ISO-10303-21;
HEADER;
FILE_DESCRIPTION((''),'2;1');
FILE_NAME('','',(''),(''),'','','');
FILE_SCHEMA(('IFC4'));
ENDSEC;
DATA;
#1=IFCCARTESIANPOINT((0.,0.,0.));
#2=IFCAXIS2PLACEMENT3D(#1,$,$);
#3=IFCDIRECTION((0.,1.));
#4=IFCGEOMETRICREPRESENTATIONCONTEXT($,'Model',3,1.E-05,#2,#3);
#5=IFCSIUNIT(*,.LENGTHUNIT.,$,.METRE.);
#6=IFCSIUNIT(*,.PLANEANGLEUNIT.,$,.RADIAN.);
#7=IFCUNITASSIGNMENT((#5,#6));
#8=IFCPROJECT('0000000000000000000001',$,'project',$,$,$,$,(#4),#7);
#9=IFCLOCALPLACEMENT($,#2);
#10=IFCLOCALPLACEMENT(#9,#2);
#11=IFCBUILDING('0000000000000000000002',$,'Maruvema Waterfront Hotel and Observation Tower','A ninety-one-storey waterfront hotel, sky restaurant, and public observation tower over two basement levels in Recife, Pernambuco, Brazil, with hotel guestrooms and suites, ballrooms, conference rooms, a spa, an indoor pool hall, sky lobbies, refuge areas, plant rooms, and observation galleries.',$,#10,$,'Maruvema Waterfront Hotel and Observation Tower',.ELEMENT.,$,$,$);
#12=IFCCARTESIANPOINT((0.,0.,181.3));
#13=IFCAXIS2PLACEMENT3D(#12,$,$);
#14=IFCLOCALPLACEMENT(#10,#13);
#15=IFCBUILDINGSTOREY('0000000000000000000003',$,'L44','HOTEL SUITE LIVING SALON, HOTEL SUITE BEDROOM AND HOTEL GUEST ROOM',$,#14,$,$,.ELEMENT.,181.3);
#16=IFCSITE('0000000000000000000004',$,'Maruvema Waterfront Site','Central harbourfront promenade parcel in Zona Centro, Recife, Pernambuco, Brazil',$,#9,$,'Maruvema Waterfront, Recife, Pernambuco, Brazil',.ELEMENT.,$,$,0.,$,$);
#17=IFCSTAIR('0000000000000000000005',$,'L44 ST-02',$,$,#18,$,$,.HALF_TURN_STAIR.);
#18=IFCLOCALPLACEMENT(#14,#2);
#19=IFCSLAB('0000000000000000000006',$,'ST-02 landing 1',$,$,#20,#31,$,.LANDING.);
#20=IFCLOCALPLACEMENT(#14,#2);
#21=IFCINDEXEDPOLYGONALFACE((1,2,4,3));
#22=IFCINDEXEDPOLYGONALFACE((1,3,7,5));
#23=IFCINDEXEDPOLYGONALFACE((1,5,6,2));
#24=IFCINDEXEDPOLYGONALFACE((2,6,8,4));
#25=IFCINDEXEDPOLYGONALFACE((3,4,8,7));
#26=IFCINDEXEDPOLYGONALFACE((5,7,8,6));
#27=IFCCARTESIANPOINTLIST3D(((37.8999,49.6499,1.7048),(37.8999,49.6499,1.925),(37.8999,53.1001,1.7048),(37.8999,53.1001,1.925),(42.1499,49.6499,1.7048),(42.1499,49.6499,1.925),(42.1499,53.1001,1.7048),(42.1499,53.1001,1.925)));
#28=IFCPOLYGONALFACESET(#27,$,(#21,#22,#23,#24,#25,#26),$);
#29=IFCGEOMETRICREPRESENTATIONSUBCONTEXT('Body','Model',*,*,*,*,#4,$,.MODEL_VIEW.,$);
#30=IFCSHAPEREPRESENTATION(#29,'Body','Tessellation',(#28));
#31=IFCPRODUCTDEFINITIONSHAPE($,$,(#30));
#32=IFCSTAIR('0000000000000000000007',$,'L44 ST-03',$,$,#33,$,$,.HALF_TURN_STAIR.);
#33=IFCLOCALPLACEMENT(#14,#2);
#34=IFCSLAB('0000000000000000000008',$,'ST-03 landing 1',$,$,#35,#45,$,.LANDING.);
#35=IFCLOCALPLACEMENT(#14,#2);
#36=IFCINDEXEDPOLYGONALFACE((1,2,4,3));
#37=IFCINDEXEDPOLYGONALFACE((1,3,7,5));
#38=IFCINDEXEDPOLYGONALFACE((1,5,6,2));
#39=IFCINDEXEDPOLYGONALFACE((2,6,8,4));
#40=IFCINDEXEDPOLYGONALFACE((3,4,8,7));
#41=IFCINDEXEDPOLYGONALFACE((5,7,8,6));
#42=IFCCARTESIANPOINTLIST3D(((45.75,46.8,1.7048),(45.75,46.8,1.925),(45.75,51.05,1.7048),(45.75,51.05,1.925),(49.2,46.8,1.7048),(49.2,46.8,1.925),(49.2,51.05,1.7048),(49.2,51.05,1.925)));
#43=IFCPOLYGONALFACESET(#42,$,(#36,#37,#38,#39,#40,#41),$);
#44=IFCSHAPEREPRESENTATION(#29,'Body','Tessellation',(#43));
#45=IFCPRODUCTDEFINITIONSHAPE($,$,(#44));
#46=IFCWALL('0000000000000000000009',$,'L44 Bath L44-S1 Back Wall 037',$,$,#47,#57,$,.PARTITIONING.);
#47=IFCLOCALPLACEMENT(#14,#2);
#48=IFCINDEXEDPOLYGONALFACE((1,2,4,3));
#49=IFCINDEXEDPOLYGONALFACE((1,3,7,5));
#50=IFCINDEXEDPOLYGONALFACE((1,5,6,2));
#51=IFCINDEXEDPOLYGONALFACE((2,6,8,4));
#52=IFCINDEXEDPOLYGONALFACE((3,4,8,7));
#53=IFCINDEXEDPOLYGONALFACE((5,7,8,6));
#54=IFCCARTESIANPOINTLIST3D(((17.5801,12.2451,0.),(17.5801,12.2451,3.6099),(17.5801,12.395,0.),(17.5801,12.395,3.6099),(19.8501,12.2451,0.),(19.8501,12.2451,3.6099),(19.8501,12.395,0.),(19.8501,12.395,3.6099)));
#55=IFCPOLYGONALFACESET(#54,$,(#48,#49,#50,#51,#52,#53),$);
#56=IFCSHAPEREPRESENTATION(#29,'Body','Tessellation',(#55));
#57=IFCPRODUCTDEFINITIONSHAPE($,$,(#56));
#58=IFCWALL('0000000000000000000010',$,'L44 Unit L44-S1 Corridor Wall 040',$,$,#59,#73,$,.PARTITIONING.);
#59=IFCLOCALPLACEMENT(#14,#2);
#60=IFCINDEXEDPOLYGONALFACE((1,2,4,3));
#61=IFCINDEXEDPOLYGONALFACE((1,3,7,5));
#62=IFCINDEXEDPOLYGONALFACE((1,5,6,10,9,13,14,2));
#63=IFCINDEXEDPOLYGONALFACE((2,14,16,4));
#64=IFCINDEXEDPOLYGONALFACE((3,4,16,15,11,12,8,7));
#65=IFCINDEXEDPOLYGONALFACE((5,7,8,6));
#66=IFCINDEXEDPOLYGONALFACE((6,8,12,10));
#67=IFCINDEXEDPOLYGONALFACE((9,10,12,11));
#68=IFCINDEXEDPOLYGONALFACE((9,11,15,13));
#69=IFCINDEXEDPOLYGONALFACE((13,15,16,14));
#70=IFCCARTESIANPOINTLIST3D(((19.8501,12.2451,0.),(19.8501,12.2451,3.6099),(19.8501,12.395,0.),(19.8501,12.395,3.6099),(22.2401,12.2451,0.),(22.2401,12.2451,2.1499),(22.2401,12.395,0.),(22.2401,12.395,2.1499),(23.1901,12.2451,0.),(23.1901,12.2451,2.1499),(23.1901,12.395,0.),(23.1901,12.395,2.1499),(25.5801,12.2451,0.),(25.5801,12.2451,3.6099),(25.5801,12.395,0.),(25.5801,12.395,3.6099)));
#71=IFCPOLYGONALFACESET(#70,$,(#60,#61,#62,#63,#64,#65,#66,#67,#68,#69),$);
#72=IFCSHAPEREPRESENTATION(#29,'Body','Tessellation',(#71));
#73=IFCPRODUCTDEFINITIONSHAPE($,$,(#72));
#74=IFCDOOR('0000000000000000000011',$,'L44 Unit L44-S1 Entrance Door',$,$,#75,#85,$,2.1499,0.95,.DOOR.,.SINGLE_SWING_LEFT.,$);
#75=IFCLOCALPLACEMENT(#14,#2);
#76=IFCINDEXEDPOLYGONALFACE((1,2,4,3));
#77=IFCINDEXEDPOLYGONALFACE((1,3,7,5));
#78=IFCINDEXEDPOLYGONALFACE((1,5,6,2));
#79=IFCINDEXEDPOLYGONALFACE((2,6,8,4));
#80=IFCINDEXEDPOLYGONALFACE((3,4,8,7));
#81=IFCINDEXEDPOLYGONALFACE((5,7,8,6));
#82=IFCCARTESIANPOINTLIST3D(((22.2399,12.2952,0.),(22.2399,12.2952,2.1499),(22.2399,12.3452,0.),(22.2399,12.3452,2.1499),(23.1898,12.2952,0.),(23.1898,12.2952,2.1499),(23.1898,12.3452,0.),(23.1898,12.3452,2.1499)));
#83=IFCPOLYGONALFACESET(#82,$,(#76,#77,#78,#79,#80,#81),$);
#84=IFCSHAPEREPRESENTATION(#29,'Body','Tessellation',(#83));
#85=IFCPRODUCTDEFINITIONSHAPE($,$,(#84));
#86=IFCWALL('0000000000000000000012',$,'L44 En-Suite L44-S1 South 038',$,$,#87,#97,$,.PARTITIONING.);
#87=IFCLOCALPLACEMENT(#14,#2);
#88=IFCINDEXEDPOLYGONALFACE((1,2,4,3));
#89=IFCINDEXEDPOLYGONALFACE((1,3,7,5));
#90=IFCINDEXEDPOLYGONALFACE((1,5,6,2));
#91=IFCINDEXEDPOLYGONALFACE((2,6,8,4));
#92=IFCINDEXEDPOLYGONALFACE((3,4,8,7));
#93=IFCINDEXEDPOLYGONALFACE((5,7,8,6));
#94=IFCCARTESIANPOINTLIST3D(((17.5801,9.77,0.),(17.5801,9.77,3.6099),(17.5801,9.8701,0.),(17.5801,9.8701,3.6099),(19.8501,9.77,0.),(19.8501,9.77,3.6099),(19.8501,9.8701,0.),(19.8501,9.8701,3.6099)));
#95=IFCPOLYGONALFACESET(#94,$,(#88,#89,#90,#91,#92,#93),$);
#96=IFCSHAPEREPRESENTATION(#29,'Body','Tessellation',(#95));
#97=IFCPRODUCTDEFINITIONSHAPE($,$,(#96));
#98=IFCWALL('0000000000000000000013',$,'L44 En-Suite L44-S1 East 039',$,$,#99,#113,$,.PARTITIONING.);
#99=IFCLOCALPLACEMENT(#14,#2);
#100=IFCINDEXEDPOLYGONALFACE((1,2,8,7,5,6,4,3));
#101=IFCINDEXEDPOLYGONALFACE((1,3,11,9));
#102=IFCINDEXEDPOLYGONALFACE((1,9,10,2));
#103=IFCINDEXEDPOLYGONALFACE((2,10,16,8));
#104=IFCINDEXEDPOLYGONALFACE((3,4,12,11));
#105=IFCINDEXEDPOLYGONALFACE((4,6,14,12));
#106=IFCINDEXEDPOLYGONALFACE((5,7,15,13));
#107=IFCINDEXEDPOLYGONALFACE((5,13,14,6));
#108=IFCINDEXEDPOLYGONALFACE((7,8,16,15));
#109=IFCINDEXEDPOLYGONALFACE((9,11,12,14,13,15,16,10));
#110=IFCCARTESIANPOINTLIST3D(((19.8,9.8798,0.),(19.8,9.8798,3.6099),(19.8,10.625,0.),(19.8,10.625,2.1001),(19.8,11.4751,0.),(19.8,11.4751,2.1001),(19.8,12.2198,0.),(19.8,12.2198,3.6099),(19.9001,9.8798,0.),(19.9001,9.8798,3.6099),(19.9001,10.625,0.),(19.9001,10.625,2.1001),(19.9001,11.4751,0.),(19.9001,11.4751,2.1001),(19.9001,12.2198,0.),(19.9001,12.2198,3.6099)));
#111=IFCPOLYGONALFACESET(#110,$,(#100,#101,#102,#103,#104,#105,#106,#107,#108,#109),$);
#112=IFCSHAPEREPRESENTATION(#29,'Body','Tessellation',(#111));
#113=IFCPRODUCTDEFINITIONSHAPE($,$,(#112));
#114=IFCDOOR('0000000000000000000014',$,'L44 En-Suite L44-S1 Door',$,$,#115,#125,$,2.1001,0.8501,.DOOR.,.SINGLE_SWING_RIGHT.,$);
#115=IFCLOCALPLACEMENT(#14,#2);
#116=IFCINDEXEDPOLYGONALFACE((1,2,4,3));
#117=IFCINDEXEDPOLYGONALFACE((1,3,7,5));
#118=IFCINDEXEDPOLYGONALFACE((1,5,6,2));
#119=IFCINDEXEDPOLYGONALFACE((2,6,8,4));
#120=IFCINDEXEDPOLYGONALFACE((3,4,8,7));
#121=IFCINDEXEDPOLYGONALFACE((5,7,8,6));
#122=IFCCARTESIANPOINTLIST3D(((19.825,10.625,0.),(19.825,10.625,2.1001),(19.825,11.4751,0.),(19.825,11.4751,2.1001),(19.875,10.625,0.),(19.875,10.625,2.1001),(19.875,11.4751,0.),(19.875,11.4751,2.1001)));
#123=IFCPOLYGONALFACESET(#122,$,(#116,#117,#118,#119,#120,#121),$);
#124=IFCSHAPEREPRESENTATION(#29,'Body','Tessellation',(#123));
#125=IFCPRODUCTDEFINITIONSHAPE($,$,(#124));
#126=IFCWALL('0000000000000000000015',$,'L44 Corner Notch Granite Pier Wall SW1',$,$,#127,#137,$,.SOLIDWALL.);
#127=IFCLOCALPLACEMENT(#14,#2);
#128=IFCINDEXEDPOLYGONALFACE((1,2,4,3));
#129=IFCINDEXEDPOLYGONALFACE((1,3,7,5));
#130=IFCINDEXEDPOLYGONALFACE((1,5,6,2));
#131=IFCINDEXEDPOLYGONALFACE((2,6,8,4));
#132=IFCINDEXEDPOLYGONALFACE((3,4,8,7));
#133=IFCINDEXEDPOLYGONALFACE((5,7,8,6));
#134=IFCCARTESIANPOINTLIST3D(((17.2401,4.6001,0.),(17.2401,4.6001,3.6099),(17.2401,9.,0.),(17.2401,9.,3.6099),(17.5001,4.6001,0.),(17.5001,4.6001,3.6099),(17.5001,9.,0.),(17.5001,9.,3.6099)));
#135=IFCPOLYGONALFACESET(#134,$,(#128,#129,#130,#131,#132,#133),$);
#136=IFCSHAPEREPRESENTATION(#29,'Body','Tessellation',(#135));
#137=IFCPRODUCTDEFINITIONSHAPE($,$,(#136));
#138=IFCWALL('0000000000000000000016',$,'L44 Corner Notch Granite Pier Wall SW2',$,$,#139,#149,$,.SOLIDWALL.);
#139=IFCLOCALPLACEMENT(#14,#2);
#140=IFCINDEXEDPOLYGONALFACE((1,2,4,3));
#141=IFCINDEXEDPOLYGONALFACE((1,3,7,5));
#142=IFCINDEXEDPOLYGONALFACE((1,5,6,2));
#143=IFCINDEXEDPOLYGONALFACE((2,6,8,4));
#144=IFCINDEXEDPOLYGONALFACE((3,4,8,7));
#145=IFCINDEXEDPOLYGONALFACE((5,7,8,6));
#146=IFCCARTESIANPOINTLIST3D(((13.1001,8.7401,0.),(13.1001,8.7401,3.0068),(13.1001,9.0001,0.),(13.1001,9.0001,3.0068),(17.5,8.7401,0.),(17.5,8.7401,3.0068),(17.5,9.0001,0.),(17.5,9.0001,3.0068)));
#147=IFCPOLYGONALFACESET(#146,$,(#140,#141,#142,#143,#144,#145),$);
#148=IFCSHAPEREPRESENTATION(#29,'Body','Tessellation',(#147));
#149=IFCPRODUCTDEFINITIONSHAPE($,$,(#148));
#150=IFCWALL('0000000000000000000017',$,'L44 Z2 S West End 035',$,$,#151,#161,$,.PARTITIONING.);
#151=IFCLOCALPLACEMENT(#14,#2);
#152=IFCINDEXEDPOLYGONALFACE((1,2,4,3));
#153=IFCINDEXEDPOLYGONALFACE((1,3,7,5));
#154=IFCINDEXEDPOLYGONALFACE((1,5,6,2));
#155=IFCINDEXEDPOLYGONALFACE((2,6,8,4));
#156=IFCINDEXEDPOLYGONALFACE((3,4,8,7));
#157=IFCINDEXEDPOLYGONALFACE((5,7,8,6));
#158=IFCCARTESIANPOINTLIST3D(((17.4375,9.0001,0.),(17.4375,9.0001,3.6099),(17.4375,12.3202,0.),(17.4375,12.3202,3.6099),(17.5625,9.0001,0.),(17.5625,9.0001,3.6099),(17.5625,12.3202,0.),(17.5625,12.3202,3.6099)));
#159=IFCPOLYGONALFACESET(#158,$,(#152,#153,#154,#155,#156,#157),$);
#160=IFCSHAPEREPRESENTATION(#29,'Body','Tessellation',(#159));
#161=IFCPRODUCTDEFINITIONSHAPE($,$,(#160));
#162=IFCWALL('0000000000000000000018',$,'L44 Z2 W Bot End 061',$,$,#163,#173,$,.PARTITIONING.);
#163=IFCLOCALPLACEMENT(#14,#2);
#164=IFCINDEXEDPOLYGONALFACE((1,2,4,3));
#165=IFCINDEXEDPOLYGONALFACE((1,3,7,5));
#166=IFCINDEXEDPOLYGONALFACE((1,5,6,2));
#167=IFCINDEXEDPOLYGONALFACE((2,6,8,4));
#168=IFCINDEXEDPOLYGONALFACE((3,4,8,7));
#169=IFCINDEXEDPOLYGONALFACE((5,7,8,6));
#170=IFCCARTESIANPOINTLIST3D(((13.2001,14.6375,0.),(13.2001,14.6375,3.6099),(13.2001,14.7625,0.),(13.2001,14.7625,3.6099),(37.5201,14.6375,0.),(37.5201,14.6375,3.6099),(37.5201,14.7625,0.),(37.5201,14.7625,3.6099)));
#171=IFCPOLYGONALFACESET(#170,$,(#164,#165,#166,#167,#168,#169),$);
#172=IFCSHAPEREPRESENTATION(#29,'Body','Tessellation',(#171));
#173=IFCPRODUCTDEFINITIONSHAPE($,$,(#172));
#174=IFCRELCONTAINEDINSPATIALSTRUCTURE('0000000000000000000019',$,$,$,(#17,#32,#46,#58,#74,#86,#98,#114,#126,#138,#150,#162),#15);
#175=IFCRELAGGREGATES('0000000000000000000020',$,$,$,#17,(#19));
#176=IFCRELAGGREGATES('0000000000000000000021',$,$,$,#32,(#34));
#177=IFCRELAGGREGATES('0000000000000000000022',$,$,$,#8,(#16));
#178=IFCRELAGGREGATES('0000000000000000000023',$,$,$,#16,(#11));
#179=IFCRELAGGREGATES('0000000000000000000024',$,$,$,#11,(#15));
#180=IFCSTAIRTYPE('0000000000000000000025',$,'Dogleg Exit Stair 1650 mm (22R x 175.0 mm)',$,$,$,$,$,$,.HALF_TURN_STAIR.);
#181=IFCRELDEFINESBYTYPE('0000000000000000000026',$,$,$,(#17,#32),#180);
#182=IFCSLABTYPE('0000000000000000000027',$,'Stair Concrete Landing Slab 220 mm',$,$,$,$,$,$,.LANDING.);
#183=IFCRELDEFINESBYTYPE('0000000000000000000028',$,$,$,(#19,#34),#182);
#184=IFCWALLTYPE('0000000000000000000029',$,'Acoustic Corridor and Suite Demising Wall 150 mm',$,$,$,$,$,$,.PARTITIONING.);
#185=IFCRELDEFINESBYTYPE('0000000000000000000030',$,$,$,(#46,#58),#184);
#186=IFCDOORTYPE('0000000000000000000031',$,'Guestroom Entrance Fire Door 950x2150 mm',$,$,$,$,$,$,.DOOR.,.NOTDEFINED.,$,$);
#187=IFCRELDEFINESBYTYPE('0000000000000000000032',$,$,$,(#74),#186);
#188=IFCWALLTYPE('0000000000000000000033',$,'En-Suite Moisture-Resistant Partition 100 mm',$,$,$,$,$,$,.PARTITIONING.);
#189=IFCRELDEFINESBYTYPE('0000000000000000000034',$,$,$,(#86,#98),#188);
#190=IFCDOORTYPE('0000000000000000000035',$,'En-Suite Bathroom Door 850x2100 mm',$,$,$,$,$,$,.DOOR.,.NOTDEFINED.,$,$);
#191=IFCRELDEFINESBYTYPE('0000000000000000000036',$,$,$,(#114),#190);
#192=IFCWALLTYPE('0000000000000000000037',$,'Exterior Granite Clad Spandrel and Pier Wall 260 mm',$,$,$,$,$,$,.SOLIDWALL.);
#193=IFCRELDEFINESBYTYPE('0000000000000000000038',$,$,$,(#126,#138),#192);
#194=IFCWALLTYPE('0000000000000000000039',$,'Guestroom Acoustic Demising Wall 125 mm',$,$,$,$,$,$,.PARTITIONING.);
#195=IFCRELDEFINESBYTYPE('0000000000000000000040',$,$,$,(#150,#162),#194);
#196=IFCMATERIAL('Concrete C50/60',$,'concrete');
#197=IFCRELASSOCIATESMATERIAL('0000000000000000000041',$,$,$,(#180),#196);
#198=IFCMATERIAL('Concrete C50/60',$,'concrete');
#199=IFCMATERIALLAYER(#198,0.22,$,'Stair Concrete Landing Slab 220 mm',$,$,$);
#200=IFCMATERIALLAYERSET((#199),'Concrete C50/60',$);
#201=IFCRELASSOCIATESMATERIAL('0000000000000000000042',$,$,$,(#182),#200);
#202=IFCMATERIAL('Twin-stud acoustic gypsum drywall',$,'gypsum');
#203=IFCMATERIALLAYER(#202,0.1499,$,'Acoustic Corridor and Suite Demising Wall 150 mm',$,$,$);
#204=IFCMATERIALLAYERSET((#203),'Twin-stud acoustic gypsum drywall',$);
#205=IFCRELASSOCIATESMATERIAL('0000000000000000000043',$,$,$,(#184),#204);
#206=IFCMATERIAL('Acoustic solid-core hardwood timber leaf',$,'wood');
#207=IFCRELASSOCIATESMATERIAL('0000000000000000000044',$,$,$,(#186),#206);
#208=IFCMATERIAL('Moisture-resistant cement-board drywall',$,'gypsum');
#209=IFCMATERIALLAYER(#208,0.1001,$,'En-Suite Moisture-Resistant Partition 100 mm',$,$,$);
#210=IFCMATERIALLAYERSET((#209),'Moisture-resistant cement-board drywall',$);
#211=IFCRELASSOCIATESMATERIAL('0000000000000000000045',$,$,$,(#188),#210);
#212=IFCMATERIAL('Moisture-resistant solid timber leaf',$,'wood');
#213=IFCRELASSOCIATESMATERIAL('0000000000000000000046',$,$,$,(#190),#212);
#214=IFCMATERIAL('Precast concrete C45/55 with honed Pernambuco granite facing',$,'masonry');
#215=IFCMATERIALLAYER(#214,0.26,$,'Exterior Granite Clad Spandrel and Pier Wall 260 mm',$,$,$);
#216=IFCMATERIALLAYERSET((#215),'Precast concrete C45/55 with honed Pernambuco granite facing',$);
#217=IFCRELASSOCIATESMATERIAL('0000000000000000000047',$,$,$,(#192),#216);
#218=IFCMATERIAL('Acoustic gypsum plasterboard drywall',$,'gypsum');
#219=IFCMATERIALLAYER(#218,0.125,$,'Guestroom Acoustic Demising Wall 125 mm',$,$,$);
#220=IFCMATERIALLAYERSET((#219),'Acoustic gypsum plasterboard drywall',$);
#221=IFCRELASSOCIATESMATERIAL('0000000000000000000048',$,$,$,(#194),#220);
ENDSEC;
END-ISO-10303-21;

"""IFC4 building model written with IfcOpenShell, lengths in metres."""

from ifc_helpers import new_model, si_unit, direction, frame, frame_2d, origin, place, context, subcontext, project, spatial, polyline, rectangle, outline, extrude, material, layer, layer_set, type_object, element, fill, aggregate, save


model = new_model("IFC4")

# Units and contexts
model_context = context("Model", 3, precision=1e-05, world=origin(), true_north=direction((0.0, 1.0)))
body_context = subcontext(model_context, "Body", "Model", "MODEL_VIEW")
ifc_project = project(units=[si_unit("LENGTHUNIT", "METRE"), si_unit("PLANEANGLEUNIT", "RADIAN")], contexts=[model_context])

# Site, building, storey
site_placement = place(None, origin())
site = spatial("IfcSite", under=ifc_project, at=site_placement, Name="Maruvema Waterfront Site", Description="Central harbourfront promenade parcel in Zona Centro, Recife, Pernambuco, Brazil", LongName="Maruvema Waterfront, Recife, Pernambuco, Brazil", CompositionType="ELEMENT", RefElevation=0.0)
building_placement = place(site_placement, origin())
building = spatial("IfcBuilding", under=site, at=building_placement, Name="Maruvema Waterfront Hotel and Observation Tower", Description="A ninety-one-storey waterfront hotel, sky restaurant, and public observation tower over two basement levels in Recife, Pernambuco, Brazil, with hotel guestrooms and suites, ballrooms, conference rooms, a spa, an indoor pool hall, sky lobbies, refuge areas, plant rooms, and observation galleries.", LongName="Maruvema Waterfront Hotel and Observation Tower", CompositionType="ELEMENT")
storey_placement = place(building_placement, frame((0.0, 0.0, 181.3)))
storey = spatial("IfcBuildingStorey", under=building, at=storey_placement, Name="L44", Description="HOTEL SUITE LIVING SALON, HOTEL SUITE BEDROOM AND HOTEL GUEST ROOM", CompositionType="ELEMENT", Elevation=181.3)

# Stairs, slabs
ifc_material_1 = material(Name="Concrete C50/60", Category="concrete")
stair_type = type_object("IfcStairType", Name="Dogleg Exit Stair 1650 mm (22R x 175.0 mm)", PredefinedType="HALF_TURN_STAIR", material=ifc_material_1)
ifc_material_2 = material(Name="Concrete C50/60", Category="concrete")
ifc_layer_1 = layer(ifc_material_2, 0.22, Name="Stair Concrete Landing Slab 220 mm")
ifc_layer_set_1 = layer_set([ifc_layer_1], Name="Concrete C50/60")
slab_type_1 = type_object("IfcSlabType", Name="Stair Concrete Landing Slab 220 mm", PredefinedType="LANDING", material=ifc_layer_set_1)
stair_1_placement = place(storey_placement, origin())
stair_1 = element("IfcStair", 1, at=stair_1_placement, inside=storey, type_object=stair_type, Name="L44 ST-02", PredefinedType="HALF_TURN_STAIR")
slab_1_placement = place(storey_placement, frame((0.0, 0.0, 1.7048)))
slab_1 = element("IfcSlab", 2, at=slab_1_placement, type_object=slab_type_1, Name="ST-02 landing 1", PredefinedType="LANDING", context=body_context, shape_type="SweptSolid", body=[
    extrude(outline(polyline([(37.8999, 49.6499), (42.1499, 49.6499), (42.1499, 53.1001), (37.8999, 53.1001), (37.8999, 49.6499)])), origin(), (0.0, 0.0, 1.0), 0.2202),
])
aggregate(stair_1, [slab_1])
stair_2_placement = place(storey_placement, origin())
stair_2 = element("IfcStair", 3, at=stair_2_placement, inside=storey, type_object=stair_type, Name="L44 ST-03", PredefinedType="HALF_TURN_STAIR")
slab_2_placement = place(storey_placement, frame((0.0, 0.0, 1.7048)))
slab_2 = element("IfcSlab", 4, at=slab_2_placement, type_object=slab_type_1, Name="ST-03 landing 1", PredefinedType="LANDING", context=body_context, shape_type="SweptSolid", body=[
    extrude(outline(polyline([(49.2, 46.8), (49.2, 51.05), (45.75, 51.05), (45.75, 46.8), (49.2, 46.8)])), origin(), (0.0, 0.0, 1.0), 0.2202),
])
aggregate(stair_2, [slab_2])

# Wall
ifc_material_3 = material(Name="Twin-stud acoustic gypsum drywall", Category="gypsum")
ifc_layer_2 = layer(ifc_material_3, 0.1499, Name="Acoustic Corridor and Suite Demising Wall 150 mm")
ifc_layer_set_2 = layer_set([ifc_layer_2], Name="Twin-stud acoustic gypsum drywall")
wall_type_1 = type_object("IfcWallType", Name="Acoustic Corridor and Suite Demising Wall 150 mm", PredefinedType="PARTITIONING", material=ifc_layer_set_2)
wall_1_placement = place(storey_placement, frame((17.5801, 12.3201, 0.0), z_axis=(0.0, 0.0, 1.0), x_axis=(1.0, 0.0, 0.0)))
element("IfcWall", 5, at=wall_1_placement, inside=storey, type_object=wall_type_1, Name="L44 Bath L44-S1 Back Wall 037", PredefinedType="PARTITIONING", context=body_context, shape_type="SweptSolid", body=[
    extrude(rectangle(XDim=2.27, YDim=0.1499, at=frame_2d((1.135, 0.0))), origin(), (0.0, 0.0, 1.0), 3.6099),
])

# Wall, opening, door
wall_2_placement = place(storey_placement, frame((19.8501, 12.3201, 0.0), z_axis=(0.0, 0.0, 1.0), x_axis=(1.0, 0.0, 0.0)))
wall_2 = element("IfcWall", 6, at=wall_2_placement, inside=storey, type_object=wall_type_1, Name="L44 Unit L44-S1 Corridor Wall 040", PredefinedType="PARTITIONING", context=body_context, shape_type="SweptSolid", body=[
    extrude(rectangle(XDim=5.73, YDim=0.1499, at=frame_2d((2.865, 0.0))), origin(), (0.0, 0.0, 1.0), 3.6099),
])
opening_1_placement = place(wall_2_placement, frame((2.3899, 0.0, 0.0)))
opening_1 = element("IfcOpeningElement", 7, at=opening_1_placement, cuts=wall_2, PredefinedType="OPENING", context=body_context, shape_type="SweptSolid", body=[
    extrude(rectangle(XDim=0.95, YDim=2.1499, at=frame_2d((0.4751, 1.075))), frame((0.0, 0.085, 0.0), z_axis=(0.0, -1.0, 0.0), x_axis=(1.0, 0.0, 0.0)), (0.0, 0.0, 1.0), 0.1699),
])
ifc_material_4 = material(Name="Acoustic solid-core hardwood timber leaf", Category="wood")
door_type_1 = type_object("IfcDoorType", Name="Guestroom Entrance Fire Door 950x2150 mm", OperationType="NOTDEFINED", PredefinedType="DOOR", material=ifc_material_4)
door_1_placement = place(opening_1_placement, frame((0.95, 0.0, 0.0), z_axis=(0.0, 0.0, 1.0), x_axis=(-1.0, 0.0, 0.0)))
door_1 = element("IfcDoor", 8, at=door_1_placement, inside=storey, type_object=door_type_1, Name="L44 Unit L44-S1 Entrance Door", OperationType="SINGLE_SWING_LEFT", OverallHeight=2.1499, OverallWidth=0.95, PredefinedType="DOOR", context=body_context, shape_type="SweptSolid", body=[
    extrude(rectangle(XDim=0.95, YDim=2.1499, at=frame_2d((0.4751, 1.075))), frame((0.0, 0.0249, 0.0), z_axis=(0.0, -1.0, 0.0), x_axis=(1.0, 0.0, 0.0)), (0.0, 0.0, 1.0), 0.05),
])
fill(opening_1, door_1)

# Wall
ifc_material_5 = material(Name="Moisture-resistant cement-board drywall", Category="gypsum")
ifc_layer_3 = layer(ifc_material_5, 0.1001, Name="En-Suite Moisture-Resistant Partition 100 mm")
ifc_layer_set_3 = layer_set([ifc_layer_3], Name="Moisture-resistant cement-board drywall")
wall_type_2 = type_object("IfcWallType", Name="En-Suite Moisture-Resistant Partition 100 mm", PredefinedType="PARTITIONING", material=ifc_layer_set_3)
wall_3_placement = place(storey_placement, frame((17.5801, 9.8201, 0.0), z_axis=(0.0, 0.0, 1.0), x_axis=(1.0, 0.0, 0.0)))
element("IfcWall", 9, at=wall_3_placement, inside=storey, type_object=wall_type_2, Name="L44 En-Suite L44-S1 South 038", PredefinedType="PARTITIONING", context=body_context, shape_type="SweptSolid", body=[
    extrude(rectangle(XDim=2.27, YDim=0.1001, at=frame_2d((1.135, 0.0))), origin(), (0.0, 0.0, 1.0), 3.6099),
])

# Wall, opening, door
wall_4_placement = place(storey_placement, frame((19.8501, 9.8799, 0.0), z_axis=(0.0, 0.0, 1.0), x_axis=(0.0, 1.0, 0.0)))
wall_4 = element("IfcWall", 10, at=wall_4_placement, inside=storey, type_object=wall_type_2, Name="L44 En-Suite L44-S1 East 039", PredefinedType="PARTITIONING", context=body_context, shape_type="SweptSolid", body=[
    extrude(rectangle(XDim=2.3401, YDim=0.1001, at=frame_2d((1.1699, 0.0))), origin(), (0.0, 0.0, 1.0), 3.6099),
])
opening_2_placement = place(wall_4_placement, frame((0.7451, 0.0, 0.0)))
opening_2 = element("IfcOpeningElement", 11, at=opening_2_placement, cuts=wall_4, PredefinedType="OPENING", context=body_context, shape_type="SweptSolid", body=[
    extrude(rectangle(XDim=0.8501, YDim=2.1001, at=frame_2d((0.425, 1.05))), frame((0.0, 0.0601, 0.0), z_axis=(0.0, -1.0, 0.0), x_axis=(1.0, 0.0, 0.0)), (0.0, 0.0, 1.0), 0.1201),
])
ifc_material_6 = material(Name="Moisture-resistant solid timber leaf", Category="wood")
door_type_2 = type_object("IfcDoorType", Name="En-Suite Bathroom Door 850x2100 mm", OperationType="NOTDEFINED", PredefinedType="DOOR", material=ifc_material_6)
door_2_placement = place(opening_2_placement, frame((0.8501, 0.0, 0.0), z_axis=(0.0, 0.0, 1.0), x_axis=(-1.0, 0.0, 0.0)))
door_2 = element("IfcDoor", 12, at=door_2_placement, inside=storey, type_object=door_type_2, Name="L44 En-Suite L44-S1 Door", OperationType="SINGLE_SWING_RIGHT", OverallHeight=2.1001, OverallWidth=0.8501, PredefinedType="DOOR", context=body_context, shape_type="SweptSolid", body=[
    extrude(rectangle(XDim=0.8501, YDim=2.1001, at=frame_2d((0.425, 1.05))), frame((0.0, 0.0249, 0.0), z_axis=(0.0, -1.0, 0.0), x_axis=(1.0, 0.0, 0.0)), (0.0, 0.0, 1.0), 0.05),
])
fill(opening_2, door_2)

# Walls
ifc_material_7 = material(Name="Precast concrete C45/55 with honed Pernambuco granite facing", Category="masonry")
ifc_layer_4 = layer(ifc_material_7, 0.26, Name="Exterior Granite Clad Spandrel and Pier Wall 260 mm")
ifc_layer_set_4 = layer_set([ifc_layer_4], Name="Precast concrete C45/55 with honed Pernambuco granite facing")
wall_type_3 = type_object("IfcWallType", Name="Exterior Granite Clad Spandrel and Pier Wall 260 mm", PredefinedType="SOLIDWALL", material=ifc_layer_set_4)
wall_5_placement = place(storey_placement, frame((17.3701, 4.6001, 0.0), z_axis=(0.0, 0.0, 1.0), x_axis=(0.0, 1.0, 0.0)))
element("IfcWall", 13, at=wall_5_placement, inside=storey, type_object=wall_type_3, Name="L44 Corner Notch Granite Pier Wall SW1", PredefinedType="SOLIDWALL", context=body_context, shape_type="SweptSolid", body=[
    extrude(rectangle(XDim=4.3999, YDim=0.26, at=frame_2d((2.2, 0.0))), origin(), (0.0, 0.0, 1.0), 3.6099),
])
wall_6_placement = place(storey_placement, frame((17.5, 8.8701, 0.0), z_axis=(0.0, 0.0, 1.0), x_axis=(-1.0, 0.0, 0.0)))
element("IfcWall", 14, at=wall_6_placement, inside=storey, type_object=wall_type_3, Name="L44 Corner Notch Granite Pier Wall SW2", PredefinedType="SOLIDWALL", context=body_context, shape_type="SweptSolid", body=[
    extrude(rectangle(XDim=4.3999, YDim=0.26, at=frame_2d((2.2, 0.0))), origin(), (0.0, 0.0, 1.0), 3.0068),
])
ifc_material_8 = material(Name="Acoustic gypsum plasterboard drywall", Category="gypsum")
ifc_layer_5 = layer(ifc_material_8, 0.125, Name="Guestroom Acoustic Demising Wall 125 mm")
ifc_layer_set_5 = layer_set([ifc_layer_5], Name="Acoustic gypsum plasterboard drywall")
wall_type_4 = type_object("IfcWallType", Name="Guestroom Acoustic Demising Wall 125 mm", PredefinedType="PARTITIONING", material=ifc_layer_set_5)
wall_7_placement = place(storey_placement, frame((17.5, 9.0, 0.0), z_axis=(0.0, 0.0, 1.0), x_axis=(0.0, 1.0, 0.0)))
element("IfcWall", 15, at=wall_7_placement, inside=storey, type_object=wall_type_4, Name="L44 Z2 S West End 035", PredefinedType="PARTITIONING", context=body_context, shape_type="SweptSolid", body=[
    extrude(rectangle(XDim=3.3201, YDim=0.125, at=frame_2d((1.6602, 0.0))), origin(), (0.0, 0.0, 1.0), 3.6099),
])
wall_8_placement = place(storey_placement, frame((13.2, 14.7, 0.0), z_axis=(0.0, 0.0, 1.0), x_axis=(1.0, 0.0, 0.0)))
element("IfcWall", 16, at=wall_8_placement, inside=storey, type_object=wall_type_4, Name="L44 Z2 W Bot End 061", PredefinedType="PARTITIONING", context=body_context, shape_type="SweptSolid", body=[
    extrude(rectangle(XDim=24.3201, YDim=0.125, at=frame_2d((12.1602, 0.0))), origin(), (0.0, 0.0, 1.0), 3.6099),
])

save(model, "model.ifc")
